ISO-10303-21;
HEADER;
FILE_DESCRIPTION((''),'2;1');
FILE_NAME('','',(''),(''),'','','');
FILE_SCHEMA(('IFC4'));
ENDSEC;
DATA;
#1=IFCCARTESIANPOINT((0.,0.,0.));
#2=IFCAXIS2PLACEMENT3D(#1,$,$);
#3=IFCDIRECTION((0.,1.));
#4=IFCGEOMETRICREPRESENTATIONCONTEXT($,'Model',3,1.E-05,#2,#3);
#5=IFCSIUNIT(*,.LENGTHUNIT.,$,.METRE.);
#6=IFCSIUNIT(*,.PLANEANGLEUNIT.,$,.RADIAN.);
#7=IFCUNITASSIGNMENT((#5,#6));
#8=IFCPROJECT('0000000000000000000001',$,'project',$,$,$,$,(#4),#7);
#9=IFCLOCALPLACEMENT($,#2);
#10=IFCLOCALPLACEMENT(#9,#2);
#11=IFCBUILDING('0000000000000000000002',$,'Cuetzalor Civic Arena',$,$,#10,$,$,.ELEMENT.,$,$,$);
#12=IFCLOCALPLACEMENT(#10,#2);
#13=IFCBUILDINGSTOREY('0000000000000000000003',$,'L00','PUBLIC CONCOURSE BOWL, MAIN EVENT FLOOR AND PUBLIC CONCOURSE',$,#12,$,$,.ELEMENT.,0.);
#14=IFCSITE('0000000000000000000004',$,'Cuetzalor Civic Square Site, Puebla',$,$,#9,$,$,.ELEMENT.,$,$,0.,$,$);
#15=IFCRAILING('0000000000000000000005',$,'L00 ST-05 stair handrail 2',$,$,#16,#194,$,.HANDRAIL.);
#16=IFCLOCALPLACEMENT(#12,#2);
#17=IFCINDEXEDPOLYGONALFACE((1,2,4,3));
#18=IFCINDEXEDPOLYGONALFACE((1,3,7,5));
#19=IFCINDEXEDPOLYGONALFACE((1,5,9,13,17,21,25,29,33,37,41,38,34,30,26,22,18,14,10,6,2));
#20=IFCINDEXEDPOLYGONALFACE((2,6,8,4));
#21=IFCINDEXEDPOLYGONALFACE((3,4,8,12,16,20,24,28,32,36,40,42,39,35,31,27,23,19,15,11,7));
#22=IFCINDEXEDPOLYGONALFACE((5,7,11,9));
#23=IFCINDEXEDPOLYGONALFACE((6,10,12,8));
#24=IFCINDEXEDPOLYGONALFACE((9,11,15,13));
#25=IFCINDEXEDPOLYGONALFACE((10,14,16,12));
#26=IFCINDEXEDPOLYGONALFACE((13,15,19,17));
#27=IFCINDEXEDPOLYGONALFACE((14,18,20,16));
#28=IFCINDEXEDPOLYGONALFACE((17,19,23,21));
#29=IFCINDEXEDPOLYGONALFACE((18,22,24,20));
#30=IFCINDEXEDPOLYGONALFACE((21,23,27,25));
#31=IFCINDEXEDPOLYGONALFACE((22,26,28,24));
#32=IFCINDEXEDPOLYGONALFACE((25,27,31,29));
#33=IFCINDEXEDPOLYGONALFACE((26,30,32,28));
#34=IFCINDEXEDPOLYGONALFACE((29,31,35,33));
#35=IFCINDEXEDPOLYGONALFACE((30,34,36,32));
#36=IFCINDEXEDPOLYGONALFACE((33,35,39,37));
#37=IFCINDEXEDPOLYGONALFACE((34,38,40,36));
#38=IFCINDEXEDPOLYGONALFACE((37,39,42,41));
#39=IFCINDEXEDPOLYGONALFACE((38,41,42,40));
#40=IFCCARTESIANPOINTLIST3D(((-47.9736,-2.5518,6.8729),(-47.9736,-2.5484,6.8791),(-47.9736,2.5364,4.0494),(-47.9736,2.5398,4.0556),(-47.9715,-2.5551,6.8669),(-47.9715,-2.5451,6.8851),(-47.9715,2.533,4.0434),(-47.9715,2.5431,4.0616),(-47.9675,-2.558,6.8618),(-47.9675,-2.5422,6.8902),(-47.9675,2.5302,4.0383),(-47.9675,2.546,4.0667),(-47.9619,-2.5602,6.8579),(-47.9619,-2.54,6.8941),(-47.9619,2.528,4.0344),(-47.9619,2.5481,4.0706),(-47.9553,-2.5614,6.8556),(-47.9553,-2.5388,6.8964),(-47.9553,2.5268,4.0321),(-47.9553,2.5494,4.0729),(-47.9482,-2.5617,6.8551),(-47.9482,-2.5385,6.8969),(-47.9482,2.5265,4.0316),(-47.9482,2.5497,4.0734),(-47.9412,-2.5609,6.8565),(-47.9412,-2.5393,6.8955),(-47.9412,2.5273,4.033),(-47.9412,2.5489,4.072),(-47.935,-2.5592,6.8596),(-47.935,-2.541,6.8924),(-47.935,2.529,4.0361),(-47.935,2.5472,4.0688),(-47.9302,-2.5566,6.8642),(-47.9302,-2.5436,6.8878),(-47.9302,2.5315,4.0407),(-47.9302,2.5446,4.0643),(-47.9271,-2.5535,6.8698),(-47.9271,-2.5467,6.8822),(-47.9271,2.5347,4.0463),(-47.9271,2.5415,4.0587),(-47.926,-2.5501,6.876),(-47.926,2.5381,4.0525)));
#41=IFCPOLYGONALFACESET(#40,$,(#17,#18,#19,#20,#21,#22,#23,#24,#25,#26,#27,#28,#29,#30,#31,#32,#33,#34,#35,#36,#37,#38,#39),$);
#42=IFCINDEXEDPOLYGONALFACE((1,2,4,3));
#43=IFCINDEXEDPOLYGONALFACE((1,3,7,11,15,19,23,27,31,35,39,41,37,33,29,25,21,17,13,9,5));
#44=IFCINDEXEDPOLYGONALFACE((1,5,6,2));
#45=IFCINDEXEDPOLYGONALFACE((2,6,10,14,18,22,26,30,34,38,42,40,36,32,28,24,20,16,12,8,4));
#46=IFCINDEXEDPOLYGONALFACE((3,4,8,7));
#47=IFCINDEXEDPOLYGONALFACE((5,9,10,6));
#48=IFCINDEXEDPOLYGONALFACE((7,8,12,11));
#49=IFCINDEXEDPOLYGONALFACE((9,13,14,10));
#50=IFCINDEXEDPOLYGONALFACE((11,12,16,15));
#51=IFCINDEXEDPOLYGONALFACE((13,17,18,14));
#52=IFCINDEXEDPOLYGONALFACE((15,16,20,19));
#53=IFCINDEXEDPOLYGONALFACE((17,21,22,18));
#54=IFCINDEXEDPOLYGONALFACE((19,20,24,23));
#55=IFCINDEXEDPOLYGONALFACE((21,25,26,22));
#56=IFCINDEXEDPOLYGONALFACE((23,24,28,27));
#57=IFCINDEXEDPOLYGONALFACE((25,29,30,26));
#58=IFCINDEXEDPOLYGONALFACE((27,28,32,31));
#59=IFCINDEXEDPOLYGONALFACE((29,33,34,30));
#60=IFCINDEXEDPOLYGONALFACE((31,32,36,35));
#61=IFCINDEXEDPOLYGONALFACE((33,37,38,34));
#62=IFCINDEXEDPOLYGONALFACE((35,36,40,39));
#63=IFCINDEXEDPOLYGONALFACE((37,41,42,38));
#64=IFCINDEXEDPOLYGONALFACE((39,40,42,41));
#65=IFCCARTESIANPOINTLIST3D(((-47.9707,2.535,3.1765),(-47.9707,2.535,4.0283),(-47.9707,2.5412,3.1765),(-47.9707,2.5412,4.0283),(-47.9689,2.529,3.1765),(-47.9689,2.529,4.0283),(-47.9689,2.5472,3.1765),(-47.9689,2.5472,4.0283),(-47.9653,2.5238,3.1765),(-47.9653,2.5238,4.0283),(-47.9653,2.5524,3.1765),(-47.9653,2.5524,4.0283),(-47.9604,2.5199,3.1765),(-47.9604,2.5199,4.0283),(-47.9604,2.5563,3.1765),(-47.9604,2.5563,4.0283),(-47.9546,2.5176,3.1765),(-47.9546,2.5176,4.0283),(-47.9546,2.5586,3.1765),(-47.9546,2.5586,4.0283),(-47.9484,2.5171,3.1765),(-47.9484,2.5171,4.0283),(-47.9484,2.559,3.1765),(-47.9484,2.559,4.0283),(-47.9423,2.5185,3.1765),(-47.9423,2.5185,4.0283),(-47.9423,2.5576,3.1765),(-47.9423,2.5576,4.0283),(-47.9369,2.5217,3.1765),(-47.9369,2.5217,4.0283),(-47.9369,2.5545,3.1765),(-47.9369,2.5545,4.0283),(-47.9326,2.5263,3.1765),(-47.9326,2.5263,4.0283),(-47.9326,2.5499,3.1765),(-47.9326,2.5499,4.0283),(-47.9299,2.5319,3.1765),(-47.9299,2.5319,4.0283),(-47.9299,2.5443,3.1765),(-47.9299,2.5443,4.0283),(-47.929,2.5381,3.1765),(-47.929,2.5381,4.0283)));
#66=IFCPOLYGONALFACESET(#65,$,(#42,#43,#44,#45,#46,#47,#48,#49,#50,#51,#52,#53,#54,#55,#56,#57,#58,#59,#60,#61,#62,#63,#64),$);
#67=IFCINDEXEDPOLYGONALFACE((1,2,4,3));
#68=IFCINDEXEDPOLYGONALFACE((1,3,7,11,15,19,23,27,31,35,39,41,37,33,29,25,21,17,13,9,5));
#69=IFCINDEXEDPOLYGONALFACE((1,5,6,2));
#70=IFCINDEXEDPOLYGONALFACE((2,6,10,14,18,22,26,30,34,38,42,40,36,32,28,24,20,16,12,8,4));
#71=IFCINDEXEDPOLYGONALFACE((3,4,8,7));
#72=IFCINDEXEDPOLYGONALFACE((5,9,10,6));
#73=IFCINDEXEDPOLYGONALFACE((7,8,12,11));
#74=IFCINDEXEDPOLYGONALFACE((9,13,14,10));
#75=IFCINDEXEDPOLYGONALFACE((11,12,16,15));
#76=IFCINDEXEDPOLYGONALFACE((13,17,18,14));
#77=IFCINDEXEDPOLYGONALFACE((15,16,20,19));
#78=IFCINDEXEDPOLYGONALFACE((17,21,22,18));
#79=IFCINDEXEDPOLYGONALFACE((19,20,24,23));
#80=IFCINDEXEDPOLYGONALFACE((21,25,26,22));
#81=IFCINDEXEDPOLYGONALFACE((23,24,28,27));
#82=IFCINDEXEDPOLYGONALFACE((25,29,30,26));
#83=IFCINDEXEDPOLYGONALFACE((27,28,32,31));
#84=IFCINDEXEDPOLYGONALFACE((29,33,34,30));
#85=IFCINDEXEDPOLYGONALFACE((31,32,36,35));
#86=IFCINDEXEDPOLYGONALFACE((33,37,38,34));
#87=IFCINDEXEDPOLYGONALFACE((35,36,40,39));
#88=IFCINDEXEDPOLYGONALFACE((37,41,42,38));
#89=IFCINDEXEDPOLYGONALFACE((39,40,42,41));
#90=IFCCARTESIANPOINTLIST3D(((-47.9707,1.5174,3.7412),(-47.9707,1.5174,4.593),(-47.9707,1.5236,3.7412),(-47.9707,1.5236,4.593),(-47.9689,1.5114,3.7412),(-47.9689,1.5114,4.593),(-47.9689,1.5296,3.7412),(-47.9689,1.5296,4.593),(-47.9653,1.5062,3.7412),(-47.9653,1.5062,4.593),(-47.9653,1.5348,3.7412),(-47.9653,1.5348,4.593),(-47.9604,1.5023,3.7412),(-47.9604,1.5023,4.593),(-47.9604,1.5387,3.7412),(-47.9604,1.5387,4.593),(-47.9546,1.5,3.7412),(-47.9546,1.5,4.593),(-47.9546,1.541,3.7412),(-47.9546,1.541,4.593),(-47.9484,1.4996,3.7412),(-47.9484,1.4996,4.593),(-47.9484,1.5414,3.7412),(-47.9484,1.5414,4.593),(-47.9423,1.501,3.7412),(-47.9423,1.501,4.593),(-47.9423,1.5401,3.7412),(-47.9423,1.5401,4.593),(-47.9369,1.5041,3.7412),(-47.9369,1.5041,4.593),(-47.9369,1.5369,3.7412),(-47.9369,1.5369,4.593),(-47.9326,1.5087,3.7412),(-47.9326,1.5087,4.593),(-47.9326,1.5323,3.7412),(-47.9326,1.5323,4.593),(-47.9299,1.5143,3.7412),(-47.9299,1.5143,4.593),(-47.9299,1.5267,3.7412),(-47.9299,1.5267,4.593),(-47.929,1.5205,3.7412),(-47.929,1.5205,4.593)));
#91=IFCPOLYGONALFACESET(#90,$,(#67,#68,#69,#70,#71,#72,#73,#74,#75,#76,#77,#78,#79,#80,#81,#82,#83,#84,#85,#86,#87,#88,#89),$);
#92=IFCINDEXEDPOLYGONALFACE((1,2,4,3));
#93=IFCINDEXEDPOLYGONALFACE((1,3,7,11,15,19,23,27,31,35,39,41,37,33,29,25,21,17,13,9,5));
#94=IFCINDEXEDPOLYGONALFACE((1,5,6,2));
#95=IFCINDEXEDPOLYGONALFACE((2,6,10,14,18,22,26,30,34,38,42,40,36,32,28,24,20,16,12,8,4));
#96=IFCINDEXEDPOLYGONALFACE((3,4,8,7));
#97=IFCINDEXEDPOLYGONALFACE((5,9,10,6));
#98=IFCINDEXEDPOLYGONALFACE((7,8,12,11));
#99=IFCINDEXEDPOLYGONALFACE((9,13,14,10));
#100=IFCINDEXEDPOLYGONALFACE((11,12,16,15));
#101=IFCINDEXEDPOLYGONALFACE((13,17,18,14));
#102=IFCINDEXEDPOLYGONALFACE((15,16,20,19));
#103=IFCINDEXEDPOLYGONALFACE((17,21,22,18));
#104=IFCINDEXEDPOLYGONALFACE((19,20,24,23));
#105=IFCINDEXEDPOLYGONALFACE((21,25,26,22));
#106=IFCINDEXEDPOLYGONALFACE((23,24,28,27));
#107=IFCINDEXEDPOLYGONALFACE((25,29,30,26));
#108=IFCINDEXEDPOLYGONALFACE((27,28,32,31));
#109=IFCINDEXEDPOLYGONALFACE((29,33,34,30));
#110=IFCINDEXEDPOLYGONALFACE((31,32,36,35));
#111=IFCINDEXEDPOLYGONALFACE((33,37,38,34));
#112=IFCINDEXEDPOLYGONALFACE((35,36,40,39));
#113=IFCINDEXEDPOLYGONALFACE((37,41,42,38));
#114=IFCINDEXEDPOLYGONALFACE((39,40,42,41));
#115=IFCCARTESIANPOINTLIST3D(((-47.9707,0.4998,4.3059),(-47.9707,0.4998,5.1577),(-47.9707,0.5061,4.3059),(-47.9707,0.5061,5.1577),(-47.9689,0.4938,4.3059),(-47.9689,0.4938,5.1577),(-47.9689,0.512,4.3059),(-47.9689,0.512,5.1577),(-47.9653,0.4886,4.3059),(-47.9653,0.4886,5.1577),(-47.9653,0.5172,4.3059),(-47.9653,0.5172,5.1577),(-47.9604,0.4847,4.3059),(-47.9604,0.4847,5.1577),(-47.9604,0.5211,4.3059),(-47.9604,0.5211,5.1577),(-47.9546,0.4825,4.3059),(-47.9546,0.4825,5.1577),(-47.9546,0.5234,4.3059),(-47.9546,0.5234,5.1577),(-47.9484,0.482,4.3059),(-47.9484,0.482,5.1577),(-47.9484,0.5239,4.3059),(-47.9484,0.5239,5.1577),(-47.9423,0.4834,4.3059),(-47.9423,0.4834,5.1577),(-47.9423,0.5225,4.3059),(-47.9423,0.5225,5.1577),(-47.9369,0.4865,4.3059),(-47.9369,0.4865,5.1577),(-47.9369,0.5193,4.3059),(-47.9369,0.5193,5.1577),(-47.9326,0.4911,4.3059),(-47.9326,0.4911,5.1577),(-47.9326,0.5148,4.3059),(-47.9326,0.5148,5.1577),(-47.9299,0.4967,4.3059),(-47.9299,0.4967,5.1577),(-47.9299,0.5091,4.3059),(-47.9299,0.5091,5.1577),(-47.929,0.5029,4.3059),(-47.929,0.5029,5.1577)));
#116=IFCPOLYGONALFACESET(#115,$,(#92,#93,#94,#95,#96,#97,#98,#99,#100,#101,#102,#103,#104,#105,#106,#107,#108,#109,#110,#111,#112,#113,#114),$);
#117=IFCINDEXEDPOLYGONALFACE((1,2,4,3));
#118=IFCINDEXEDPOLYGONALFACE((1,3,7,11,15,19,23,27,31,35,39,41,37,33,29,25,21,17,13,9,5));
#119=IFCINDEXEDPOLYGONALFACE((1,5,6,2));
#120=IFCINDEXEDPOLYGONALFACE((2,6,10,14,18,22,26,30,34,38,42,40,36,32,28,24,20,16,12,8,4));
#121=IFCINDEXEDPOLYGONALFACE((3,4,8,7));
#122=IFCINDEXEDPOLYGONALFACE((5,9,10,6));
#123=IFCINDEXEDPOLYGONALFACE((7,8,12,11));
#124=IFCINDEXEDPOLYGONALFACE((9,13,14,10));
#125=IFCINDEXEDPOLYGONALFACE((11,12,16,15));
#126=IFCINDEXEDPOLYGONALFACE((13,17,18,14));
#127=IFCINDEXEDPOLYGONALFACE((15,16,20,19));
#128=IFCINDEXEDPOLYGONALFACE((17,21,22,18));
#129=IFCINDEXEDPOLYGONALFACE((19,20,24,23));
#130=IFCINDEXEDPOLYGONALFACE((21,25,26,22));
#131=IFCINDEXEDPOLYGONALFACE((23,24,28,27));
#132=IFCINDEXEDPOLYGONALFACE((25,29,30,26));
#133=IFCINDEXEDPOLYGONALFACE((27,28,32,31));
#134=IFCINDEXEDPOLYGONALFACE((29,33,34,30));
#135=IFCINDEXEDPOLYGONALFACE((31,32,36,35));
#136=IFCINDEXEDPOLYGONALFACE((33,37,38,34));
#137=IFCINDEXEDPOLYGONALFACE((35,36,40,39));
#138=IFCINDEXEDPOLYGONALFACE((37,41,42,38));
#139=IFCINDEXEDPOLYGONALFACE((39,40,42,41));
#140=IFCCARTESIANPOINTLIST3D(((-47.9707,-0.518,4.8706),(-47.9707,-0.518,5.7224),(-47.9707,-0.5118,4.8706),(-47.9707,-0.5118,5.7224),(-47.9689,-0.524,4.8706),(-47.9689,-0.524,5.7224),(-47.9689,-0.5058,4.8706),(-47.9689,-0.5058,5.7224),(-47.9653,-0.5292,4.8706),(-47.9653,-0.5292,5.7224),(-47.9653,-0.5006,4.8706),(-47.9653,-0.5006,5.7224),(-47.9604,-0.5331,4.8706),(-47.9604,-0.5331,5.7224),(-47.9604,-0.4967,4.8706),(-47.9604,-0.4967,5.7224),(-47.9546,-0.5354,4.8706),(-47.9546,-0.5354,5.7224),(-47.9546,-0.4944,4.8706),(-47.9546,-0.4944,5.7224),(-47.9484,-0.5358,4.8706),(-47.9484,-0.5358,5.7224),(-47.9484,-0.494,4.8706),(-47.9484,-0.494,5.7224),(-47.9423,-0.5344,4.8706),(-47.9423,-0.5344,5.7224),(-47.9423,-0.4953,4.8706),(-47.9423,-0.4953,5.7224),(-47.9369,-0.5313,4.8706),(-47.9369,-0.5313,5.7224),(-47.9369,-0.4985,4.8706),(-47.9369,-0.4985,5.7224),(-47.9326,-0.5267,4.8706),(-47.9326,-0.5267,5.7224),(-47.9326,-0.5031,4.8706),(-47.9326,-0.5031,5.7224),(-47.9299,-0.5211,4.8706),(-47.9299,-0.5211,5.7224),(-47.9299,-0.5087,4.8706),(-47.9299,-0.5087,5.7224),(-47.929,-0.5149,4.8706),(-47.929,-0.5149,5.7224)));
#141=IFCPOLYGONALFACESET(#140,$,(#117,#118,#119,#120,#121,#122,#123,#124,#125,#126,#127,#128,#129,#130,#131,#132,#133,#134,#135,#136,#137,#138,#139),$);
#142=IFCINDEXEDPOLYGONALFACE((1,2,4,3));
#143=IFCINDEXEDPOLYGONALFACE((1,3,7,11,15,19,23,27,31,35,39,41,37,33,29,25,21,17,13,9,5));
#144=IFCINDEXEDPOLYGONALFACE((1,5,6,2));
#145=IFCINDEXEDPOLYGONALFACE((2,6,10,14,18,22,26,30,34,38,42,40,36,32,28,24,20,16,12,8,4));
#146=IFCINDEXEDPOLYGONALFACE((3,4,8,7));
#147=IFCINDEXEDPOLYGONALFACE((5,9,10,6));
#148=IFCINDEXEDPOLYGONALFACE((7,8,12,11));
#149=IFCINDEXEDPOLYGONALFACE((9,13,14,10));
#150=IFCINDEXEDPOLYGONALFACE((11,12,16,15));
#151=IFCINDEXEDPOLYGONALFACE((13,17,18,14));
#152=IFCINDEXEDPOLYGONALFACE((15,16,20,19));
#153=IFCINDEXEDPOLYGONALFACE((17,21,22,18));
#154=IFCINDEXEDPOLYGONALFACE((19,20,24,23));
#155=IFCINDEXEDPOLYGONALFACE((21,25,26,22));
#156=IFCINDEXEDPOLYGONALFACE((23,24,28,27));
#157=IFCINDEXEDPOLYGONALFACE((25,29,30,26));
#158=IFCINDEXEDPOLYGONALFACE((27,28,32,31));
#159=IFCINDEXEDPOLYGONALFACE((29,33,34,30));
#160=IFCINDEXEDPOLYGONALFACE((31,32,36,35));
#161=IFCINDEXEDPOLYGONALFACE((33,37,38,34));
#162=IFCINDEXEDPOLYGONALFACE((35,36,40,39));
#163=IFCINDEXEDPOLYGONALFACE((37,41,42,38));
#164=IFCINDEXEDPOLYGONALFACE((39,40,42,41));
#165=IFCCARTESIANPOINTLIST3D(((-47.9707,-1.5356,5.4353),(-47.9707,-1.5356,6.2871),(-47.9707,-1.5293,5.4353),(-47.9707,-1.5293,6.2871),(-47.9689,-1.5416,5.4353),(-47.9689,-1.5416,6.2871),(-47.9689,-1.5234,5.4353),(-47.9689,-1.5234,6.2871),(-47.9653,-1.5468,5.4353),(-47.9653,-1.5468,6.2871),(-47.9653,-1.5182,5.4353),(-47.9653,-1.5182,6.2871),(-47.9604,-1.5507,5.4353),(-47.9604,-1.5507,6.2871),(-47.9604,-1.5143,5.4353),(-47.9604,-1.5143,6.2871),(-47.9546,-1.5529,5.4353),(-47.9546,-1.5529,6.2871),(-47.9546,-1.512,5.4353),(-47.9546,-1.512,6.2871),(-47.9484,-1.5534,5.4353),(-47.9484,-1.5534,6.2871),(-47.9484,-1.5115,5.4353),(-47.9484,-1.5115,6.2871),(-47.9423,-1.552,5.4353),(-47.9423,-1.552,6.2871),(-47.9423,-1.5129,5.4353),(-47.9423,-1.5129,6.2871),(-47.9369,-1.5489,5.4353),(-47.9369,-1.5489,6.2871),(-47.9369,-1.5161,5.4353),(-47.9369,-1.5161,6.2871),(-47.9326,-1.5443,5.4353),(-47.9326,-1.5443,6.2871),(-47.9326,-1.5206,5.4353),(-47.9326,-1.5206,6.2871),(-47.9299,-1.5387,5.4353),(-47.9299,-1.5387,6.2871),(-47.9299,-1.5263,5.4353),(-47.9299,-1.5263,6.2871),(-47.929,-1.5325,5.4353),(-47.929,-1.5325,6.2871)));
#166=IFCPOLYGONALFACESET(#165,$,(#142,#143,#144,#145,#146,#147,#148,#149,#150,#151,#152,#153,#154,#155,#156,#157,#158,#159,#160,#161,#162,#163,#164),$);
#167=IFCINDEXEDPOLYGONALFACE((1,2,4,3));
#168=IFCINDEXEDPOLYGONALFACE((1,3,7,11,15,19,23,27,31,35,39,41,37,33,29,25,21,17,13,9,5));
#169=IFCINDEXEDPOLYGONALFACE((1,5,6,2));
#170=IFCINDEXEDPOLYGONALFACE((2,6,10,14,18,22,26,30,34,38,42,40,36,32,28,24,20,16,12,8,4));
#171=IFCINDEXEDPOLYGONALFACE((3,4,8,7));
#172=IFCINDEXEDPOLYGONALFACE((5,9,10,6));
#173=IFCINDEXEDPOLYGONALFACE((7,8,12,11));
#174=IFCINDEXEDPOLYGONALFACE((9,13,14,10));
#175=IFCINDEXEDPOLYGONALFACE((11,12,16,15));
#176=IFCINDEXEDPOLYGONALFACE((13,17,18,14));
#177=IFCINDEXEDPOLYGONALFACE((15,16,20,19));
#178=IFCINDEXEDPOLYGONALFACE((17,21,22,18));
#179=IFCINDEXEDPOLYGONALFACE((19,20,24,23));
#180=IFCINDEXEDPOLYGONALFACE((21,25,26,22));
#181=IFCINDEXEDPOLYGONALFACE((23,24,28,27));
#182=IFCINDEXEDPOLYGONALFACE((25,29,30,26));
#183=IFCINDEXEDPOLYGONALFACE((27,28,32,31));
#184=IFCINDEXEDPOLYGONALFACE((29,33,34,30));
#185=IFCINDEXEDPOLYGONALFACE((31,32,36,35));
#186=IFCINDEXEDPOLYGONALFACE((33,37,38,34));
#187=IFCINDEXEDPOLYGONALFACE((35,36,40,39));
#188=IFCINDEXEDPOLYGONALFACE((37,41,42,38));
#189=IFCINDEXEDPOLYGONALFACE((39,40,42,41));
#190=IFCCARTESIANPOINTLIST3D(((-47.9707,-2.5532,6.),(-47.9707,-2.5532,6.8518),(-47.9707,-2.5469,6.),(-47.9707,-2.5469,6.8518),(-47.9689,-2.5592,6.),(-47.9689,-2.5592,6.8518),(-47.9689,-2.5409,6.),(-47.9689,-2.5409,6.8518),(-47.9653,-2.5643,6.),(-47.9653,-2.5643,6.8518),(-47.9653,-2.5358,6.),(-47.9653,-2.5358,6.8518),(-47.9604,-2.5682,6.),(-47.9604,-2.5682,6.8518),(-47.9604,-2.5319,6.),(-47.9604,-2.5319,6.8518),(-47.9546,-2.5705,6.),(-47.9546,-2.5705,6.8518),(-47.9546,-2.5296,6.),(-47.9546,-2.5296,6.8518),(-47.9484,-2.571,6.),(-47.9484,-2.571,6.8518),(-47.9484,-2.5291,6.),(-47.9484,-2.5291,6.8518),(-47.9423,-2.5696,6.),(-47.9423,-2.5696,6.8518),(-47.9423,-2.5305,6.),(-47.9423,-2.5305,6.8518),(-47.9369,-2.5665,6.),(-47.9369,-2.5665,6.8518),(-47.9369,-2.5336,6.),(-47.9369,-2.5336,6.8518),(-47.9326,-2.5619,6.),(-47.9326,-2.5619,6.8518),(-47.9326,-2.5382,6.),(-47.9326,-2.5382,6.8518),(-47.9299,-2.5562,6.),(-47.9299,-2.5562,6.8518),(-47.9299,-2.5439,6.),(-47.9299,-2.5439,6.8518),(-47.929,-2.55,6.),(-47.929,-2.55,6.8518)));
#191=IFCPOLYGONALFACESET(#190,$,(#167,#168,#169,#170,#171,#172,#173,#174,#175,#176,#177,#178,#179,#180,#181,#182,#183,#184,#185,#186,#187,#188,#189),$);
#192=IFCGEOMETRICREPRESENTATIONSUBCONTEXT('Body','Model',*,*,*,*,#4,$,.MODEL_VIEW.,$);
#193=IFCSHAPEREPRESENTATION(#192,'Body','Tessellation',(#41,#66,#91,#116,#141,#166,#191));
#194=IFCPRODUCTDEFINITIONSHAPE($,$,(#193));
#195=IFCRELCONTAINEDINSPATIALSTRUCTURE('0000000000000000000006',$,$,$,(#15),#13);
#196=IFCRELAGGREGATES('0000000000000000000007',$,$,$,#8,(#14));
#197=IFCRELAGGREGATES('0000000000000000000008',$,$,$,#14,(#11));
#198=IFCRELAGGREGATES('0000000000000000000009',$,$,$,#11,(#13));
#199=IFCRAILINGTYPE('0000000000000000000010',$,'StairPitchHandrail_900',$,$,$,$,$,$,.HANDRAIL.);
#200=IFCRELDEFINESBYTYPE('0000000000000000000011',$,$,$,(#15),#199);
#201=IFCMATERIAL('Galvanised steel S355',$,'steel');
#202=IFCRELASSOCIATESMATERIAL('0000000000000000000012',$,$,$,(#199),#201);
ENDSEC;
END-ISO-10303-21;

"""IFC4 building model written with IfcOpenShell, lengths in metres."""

from ifc_helpers import new_model, si_unit, direction, frame, origin, origin_2d, place, context, subcontext, project, spatial, circle, extrude, material, type_object, element, save


model = new_model("IFC4")

# Units and contexts
model_context = context("Model", 3, precision=1e-05, world=origin(), true_north=direction((0.0, 1.0)))
body_context = subcontext(model_context, "Body", "Model", "MODEL_VIEW")
ifc_project = project(units=[si_unit("LENGTHUNIT", "METRE"), si_unit("PLANEANGLEUNIT", "RADIAN")], contexts=[model_context])

# Site, building, storey
site_placement = place(None, origin())
site = spatial("IfcSite", under=ifc_project, at=site_placement, Name="Cuetzalor Civic Square Site, Puebla", CompositionType="ELEMENT", RefElevation=0.0)
building_placement = place(site_placement, origin())
building = spatial("IfcBuilding", under=site, at=building_placement, Name="Cuetzalor Civic Arena", CompositionType="ELEMENT")
storey_placement = place(building_placement, origin())
storey = spatial("IfcBuildingStorey", under=building, at=storey_placement, Name="L00", Description="PUBLIC CONCOURSE BOWL, MAIN EVENT FLOOR AND PUBLIC CONCOURSE", CompositionType="ELEMENT", Elevation=0.0)

# Railing
ifc_material_1 = material(Name="Galvanised steel S355", Category="steel")
railing_type_1 = type_object("IfcRailingType", Name="StairPitchHandrail_900", PredefinedType="HANDRAIL", material=ifc_material_1)
railing_1_placement = place(storey_placement, frame((-47.95, 2.5381, 3.1765)))
element("IfcRailing", 1, at=railing_1_placement, inside=storey, type_object=railing_type_1, Name="L00 ST-05 stair handrail 2", PredefinedType="HANDRAIL", context=body_context, shape_type="SweptSolid", body=[
    extrude(circle(Radius=0.0239, at=origin_2d()), frame((0.0, 0.0, 0.876), z_axis=(0.0, -0.874395, 0.485215), x_axis=(1.0, 0.0, 0.0)), (0.0, 0.0, 1.0), 5.8191),
    extrude(circle(Radius=0.021, at=origin_2d()), origin(), (0.0, 0.0, 1.0), 0.8518),
    extrude(circle(Radius=0.021, at=origin_2d()), frame((0.0, -1.0176, 0.5647)), (0.0, 0.0, 1.0), 0.8518),
    extrude(circle(Radius=0.021, at=origin_2d()), frame((0.0, -2.0352, 1.1294)), (0.0, 0.0, 1.0), 0.8518),
    extrude(circle(Radius=0.021, at=origin_2d()), frame((0.0, -3.053, 1.6941)), (0.0, 0.0, 1.0), 0.8518),
    extrude(circle(Radius=0.021, at=origin_2d()), frame((0.0, -4.0706, 2.2588)), (0.0, 0.0, 1.0), 0.8518),
    extrude(circle(Radius=0.021, at=origin_2d()), frame((0.0, -5.0881, 2.8235)), (0.0, 0.0, 1.0), 0.8518),
])

save(model, "model.ifc")
